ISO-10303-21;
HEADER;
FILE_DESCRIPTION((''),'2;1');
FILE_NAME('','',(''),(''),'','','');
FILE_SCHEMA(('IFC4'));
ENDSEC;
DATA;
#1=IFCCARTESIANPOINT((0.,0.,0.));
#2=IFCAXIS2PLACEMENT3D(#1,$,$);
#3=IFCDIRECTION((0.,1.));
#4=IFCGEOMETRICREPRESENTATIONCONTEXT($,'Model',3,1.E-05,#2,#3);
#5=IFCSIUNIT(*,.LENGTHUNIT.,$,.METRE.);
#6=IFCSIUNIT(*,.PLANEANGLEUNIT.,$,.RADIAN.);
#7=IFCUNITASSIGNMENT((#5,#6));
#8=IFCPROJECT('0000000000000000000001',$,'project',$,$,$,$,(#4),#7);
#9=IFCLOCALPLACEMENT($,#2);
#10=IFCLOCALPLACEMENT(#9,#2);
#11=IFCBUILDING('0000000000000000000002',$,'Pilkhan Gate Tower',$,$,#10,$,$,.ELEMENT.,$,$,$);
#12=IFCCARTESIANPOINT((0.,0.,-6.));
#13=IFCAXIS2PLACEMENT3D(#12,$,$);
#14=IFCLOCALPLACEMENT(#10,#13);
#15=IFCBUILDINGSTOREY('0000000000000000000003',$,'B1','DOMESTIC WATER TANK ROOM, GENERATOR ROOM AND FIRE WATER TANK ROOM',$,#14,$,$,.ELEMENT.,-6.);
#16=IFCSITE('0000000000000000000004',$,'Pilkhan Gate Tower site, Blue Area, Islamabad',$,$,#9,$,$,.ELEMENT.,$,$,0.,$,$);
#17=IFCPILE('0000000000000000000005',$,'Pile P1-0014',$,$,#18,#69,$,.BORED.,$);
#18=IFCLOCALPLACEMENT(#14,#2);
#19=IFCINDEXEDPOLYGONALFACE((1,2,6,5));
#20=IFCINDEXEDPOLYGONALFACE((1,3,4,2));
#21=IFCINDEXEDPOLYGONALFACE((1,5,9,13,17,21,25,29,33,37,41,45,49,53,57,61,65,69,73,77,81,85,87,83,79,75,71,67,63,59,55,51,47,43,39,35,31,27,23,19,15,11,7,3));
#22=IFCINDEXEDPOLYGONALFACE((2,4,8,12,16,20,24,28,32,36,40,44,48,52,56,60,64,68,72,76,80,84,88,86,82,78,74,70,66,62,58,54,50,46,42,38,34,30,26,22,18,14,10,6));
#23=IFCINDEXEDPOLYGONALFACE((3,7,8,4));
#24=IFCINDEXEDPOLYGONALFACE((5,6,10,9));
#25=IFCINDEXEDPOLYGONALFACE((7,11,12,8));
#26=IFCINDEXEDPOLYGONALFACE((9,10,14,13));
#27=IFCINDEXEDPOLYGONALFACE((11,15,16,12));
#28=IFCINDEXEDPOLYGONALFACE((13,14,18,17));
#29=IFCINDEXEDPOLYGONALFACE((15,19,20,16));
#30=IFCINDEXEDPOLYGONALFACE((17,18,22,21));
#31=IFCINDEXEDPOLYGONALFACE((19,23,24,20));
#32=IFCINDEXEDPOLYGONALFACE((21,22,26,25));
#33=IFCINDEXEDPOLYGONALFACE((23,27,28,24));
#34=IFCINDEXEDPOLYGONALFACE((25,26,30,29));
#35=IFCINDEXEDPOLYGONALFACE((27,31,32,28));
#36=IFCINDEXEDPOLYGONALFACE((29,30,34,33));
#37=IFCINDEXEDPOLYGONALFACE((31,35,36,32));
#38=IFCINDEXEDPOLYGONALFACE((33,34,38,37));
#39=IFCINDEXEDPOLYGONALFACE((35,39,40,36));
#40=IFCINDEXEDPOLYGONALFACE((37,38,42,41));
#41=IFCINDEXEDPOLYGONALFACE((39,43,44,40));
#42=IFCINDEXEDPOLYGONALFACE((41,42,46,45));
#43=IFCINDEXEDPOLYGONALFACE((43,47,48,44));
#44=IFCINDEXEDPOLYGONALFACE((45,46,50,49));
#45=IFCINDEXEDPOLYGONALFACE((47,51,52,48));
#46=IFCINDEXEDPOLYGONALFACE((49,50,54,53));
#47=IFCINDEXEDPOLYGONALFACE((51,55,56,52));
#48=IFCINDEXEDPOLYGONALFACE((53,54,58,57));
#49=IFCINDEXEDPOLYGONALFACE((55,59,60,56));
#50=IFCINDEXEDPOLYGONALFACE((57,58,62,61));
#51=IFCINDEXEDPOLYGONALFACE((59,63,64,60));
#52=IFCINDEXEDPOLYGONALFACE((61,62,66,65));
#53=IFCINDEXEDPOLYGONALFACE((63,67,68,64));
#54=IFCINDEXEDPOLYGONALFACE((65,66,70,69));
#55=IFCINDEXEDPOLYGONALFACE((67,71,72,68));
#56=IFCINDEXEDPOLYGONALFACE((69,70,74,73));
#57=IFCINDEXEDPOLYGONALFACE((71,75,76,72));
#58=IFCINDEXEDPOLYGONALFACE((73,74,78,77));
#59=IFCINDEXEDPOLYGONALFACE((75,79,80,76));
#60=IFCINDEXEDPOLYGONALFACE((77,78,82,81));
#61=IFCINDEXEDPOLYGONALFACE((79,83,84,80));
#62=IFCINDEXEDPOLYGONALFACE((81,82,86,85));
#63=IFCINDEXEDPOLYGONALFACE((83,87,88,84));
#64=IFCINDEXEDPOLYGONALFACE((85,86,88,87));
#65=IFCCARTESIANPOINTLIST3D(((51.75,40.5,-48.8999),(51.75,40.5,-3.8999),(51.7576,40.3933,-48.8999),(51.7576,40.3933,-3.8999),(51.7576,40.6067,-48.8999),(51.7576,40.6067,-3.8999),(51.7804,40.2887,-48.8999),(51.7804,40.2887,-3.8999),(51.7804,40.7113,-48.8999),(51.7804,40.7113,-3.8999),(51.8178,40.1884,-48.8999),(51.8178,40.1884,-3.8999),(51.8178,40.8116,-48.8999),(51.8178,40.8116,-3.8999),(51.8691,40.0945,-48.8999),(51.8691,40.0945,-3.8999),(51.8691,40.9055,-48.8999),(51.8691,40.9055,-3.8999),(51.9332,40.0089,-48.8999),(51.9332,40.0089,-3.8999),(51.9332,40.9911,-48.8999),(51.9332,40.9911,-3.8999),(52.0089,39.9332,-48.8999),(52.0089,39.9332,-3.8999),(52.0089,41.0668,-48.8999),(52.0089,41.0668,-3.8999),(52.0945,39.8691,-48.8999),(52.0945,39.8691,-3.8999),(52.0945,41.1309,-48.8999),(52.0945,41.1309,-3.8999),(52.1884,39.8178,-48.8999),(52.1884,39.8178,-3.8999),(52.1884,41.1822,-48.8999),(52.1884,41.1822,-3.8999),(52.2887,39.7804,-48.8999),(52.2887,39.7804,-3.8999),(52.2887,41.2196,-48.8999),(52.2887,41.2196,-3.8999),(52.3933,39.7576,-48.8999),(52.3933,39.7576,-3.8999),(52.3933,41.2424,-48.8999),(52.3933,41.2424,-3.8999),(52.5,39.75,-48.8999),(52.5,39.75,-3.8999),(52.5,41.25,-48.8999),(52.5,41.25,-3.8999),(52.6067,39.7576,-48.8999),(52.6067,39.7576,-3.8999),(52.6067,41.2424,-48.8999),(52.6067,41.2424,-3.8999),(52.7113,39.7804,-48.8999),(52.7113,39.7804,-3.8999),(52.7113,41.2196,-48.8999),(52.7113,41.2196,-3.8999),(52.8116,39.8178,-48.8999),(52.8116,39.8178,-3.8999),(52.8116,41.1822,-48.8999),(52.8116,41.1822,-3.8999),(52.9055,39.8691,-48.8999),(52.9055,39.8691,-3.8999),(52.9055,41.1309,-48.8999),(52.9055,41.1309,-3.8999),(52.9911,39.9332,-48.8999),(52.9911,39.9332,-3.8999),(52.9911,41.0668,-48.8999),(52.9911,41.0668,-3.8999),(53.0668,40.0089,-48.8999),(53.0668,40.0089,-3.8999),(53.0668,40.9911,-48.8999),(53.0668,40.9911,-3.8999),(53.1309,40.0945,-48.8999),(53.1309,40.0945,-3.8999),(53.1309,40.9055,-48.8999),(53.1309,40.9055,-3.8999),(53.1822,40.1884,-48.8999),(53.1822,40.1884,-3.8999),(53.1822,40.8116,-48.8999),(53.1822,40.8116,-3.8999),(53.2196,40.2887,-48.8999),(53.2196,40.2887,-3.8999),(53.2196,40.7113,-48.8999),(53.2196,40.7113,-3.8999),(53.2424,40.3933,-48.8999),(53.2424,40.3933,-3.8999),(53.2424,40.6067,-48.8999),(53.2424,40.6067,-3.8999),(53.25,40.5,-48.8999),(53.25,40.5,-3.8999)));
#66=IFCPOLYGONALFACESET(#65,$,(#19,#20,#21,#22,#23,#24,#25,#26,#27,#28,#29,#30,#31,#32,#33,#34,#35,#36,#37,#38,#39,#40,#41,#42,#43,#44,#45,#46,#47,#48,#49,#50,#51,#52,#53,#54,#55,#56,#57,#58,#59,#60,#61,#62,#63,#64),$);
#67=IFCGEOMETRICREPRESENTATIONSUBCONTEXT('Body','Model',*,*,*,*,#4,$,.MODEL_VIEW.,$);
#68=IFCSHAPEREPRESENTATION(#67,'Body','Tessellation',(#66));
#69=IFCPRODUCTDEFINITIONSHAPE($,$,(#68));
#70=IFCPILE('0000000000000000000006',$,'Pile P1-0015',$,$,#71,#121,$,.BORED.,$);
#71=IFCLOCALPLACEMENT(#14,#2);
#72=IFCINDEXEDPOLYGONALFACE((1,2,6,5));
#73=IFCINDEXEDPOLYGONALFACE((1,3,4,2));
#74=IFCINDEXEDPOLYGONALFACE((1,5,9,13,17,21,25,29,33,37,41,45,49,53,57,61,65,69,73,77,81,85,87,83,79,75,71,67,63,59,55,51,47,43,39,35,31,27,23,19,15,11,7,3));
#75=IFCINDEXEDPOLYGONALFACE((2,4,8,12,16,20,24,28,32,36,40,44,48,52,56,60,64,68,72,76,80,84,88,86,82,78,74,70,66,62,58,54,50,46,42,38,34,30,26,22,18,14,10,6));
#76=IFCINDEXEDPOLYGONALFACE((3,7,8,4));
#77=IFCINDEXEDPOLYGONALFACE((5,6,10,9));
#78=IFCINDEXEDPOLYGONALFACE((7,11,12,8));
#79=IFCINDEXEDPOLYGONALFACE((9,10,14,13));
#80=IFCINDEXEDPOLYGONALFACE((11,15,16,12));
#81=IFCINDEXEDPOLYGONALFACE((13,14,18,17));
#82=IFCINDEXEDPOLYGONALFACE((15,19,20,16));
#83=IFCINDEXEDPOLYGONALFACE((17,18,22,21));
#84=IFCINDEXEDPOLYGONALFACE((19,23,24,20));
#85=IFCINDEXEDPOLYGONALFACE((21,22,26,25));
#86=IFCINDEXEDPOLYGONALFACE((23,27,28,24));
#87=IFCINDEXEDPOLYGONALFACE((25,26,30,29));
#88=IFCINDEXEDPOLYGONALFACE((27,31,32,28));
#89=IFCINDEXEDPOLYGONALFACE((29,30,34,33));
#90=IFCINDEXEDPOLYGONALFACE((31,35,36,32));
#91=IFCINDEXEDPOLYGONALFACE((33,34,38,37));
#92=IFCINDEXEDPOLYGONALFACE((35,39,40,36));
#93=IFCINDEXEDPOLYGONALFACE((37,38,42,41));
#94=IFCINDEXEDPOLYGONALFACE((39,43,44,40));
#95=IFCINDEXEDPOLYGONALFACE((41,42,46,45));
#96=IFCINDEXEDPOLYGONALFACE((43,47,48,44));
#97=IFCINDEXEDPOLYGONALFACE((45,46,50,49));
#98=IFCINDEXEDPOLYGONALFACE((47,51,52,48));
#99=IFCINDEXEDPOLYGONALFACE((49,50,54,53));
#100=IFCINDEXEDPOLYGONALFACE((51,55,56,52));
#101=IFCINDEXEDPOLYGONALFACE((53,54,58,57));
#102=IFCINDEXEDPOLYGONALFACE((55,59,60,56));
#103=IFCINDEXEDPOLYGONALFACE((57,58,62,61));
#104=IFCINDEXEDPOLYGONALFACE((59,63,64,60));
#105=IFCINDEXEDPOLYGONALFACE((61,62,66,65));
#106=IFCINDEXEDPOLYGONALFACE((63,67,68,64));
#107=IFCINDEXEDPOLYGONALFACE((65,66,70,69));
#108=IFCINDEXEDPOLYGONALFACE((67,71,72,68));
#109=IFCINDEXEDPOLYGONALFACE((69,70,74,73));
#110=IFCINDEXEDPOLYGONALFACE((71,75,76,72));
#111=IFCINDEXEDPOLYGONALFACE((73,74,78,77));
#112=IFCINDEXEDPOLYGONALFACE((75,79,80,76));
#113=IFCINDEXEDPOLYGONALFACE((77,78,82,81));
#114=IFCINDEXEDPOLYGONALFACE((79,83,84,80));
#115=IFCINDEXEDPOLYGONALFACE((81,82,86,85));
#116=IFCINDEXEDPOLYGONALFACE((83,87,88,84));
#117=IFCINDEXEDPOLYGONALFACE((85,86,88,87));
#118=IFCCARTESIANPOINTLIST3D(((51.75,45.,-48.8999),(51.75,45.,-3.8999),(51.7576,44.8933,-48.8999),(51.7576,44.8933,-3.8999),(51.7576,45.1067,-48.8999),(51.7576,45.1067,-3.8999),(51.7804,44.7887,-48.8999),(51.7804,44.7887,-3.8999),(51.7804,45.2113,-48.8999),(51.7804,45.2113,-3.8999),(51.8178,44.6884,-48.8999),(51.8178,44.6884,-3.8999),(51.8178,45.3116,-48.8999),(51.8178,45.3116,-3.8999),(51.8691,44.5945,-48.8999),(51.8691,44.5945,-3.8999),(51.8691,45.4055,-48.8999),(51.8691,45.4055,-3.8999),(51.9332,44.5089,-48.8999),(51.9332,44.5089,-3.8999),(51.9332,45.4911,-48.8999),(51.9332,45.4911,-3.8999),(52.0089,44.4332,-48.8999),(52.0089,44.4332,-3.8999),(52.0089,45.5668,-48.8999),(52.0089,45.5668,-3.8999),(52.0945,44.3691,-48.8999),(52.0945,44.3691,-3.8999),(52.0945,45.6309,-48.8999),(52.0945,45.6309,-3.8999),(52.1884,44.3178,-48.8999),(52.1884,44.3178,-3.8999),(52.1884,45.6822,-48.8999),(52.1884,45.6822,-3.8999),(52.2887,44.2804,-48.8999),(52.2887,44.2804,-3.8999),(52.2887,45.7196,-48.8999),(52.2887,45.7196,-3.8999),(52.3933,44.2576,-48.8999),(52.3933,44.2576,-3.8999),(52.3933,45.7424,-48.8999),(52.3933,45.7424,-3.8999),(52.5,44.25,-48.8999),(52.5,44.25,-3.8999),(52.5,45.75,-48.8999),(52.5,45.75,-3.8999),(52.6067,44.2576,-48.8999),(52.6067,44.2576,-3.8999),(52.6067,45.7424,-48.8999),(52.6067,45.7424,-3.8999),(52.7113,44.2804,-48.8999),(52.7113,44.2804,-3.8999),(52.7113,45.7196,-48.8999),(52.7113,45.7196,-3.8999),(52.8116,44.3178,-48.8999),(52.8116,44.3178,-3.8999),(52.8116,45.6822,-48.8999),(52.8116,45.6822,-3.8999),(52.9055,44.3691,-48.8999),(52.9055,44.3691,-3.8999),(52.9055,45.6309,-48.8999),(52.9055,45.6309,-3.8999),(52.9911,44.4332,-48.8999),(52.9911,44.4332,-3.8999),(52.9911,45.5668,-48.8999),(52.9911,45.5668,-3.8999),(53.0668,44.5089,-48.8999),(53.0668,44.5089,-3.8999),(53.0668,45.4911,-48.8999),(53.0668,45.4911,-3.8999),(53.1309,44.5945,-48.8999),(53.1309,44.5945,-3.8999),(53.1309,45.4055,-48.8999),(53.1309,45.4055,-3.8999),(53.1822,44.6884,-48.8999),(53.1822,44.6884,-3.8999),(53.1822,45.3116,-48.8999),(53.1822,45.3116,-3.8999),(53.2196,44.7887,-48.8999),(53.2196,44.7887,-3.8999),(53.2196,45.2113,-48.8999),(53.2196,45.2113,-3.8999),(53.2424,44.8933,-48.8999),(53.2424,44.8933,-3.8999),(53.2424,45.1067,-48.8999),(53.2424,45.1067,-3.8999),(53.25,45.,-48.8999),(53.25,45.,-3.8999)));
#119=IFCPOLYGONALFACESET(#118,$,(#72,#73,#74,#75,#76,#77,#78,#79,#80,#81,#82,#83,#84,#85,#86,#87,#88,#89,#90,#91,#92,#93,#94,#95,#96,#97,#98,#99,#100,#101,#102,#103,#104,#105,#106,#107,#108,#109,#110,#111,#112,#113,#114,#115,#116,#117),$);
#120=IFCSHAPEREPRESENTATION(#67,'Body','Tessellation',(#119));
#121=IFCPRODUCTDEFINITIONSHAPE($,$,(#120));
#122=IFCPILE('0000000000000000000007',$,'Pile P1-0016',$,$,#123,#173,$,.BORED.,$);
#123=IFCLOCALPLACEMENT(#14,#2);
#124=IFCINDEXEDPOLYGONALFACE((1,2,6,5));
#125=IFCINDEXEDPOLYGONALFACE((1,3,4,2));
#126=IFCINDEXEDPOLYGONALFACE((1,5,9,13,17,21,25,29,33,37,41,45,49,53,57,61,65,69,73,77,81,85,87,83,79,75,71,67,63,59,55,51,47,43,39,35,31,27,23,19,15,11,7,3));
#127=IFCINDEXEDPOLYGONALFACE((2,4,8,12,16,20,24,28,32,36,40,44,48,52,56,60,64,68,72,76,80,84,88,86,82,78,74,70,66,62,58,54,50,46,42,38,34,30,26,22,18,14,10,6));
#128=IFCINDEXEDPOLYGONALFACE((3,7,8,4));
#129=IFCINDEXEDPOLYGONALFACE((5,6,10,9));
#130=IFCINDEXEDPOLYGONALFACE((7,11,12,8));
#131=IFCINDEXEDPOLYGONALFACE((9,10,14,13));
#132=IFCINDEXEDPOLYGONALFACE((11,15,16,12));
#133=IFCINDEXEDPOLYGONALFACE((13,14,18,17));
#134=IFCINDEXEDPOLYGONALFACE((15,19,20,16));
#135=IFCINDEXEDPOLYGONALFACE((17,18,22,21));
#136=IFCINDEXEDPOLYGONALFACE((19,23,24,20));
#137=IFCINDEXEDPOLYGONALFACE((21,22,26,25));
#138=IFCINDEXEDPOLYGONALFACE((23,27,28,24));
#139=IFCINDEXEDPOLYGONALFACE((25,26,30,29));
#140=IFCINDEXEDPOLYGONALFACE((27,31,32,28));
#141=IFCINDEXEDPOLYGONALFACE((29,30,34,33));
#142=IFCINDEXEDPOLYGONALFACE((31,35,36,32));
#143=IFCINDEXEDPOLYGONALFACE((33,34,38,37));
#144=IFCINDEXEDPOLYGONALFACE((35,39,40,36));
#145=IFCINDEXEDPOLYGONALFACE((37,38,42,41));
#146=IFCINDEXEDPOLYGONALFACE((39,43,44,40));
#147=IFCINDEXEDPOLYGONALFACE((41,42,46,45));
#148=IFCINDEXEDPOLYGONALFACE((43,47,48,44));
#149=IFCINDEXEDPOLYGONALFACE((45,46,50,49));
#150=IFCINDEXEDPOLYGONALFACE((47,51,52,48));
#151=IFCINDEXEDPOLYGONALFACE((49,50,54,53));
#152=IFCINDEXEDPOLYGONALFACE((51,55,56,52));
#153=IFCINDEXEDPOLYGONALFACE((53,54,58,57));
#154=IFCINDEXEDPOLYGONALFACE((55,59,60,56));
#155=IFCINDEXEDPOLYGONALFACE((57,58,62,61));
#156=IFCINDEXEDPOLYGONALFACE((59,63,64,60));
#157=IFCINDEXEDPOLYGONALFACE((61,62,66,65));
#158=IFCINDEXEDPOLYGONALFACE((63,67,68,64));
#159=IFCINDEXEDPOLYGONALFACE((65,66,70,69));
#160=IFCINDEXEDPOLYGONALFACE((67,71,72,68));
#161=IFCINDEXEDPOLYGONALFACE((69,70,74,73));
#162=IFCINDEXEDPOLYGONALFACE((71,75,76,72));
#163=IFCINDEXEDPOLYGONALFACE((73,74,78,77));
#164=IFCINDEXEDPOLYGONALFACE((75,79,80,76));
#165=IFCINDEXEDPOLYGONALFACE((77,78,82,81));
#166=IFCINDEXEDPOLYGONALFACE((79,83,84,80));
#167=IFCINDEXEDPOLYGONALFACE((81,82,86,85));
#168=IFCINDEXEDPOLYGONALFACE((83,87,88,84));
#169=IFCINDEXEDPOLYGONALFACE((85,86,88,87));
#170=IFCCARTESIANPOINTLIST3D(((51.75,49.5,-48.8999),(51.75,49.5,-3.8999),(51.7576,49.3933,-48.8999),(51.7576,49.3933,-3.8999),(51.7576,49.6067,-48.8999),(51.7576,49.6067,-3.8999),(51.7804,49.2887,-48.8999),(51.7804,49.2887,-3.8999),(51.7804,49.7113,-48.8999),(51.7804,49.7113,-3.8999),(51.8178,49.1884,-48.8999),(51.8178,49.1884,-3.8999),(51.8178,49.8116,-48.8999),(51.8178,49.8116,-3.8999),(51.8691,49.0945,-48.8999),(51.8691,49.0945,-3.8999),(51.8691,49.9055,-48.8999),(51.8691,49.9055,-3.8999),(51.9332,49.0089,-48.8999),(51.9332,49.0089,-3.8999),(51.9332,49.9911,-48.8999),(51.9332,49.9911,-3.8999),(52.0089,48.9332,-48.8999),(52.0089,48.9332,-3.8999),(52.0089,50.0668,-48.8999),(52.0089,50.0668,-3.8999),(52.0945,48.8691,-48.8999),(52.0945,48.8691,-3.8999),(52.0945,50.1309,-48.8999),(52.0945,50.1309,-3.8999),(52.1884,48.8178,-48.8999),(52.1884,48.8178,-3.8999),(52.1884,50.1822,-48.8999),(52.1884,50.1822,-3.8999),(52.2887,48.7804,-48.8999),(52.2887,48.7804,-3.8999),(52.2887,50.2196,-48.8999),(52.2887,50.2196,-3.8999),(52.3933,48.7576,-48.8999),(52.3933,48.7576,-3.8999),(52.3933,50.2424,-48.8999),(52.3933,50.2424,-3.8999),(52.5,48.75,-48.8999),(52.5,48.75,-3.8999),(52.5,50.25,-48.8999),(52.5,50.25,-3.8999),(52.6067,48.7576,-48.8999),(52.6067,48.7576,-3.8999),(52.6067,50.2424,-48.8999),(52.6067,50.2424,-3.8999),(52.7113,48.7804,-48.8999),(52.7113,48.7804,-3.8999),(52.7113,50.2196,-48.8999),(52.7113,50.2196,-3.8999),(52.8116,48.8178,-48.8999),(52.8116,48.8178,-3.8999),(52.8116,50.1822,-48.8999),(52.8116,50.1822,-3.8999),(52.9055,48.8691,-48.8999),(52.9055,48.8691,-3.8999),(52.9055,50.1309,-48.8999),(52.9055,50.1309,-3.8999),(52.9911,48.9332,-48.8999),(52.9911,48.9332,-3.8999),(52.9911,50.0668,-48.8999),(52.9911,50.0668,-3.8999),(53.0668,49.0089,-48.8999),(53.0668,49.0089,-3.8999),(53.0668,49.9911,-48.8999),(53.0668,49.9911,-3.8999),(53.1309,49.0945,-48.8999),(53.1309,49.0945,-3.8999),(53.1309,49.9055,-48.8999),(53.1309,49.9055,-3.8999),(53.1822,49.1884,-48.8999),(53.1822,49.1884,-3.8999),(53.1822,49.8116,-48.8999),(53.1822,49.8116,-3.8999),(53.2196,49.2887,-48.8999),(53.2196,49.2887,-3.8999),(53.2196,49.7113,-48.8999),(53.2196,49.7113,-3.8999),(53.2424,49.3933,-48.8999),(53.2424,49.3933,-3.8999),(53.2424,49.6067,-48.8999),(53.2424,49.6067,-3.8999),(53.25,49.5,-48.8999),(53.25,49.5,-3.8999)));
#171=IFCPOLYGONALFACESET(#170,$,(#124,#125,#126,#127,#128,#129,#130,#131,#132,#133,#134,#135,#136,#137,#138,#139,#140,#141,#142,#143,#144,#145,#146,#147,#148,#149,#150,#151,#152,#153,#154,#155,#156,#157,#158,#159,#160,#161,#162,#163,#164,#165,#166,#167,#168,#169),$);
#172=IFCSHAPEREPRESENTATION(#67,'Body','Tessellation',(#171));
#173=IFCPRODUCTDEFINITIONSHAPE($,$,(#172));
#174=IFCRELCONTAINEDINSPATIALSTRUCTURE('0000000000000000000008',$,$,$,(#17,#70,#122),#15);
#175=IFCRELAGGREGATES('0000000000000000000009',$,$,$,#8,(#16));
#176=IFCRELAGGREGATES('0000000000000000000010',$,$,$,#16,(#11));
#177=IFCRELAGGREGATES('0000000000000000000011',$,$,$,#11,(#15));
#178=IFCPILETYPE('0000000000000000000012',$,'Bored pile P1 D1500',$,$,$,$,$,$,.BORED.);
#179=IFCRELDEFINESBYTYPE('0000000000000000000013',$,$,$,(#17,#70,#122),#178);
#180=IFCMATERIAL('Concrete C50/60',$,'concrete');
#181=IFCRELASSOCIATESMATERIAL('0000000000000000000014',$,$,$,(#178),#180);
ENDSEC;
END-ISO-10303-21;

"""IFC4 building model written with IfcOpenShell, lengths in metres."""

from ifc_helpers import new_model, si_unit, direction, frame, origin, origin_2d, place, context, subcontext, project, spatial, circle, extrude, material, material_profile, profile_set, type_object, element, save


model = new_model("IFC4")

# Units and contexts
model_context = context("Model", 3, precision=1e-05, world=origin(), true_north=direction((0.0, 1.0)))
body_context = subcontext(model_context, "Body", "Model", "MODEL_VIEW")
ifc_project = project(units=[si_unit("LENGTHUNIT", "METRE"), si_unit("PLANEANGLEUNIT", "RADIAN")], contexts=[model_context])

# Site, building, storey
site_placement = place(None, origin())
site = spatial("IfcSite", under=ifc_project, at=site_placement, Name="Pilkhan Gate Tower site, Blue Area, Islamabad", CompositionType="ELEMENT", RefElevation=0.0)
building_placement = place(site_placement, origin())
building = spatial("IfcBuilding", under=site, at=building_placement, Name="Pilkhan Gate Tower", CompositionType="ELEMENT")
storey_placement = place(building_placement, frame((0.0, 0.0, -6.0)))
storey = spatial("IfcBuildingStorey", under=building, at=storey_placement, Name="B1", Description="DOMESTIC WATER TANK ROOM, GENERATOR ROOM AND FIRE WATER TANK ROOM", CompositionType="ELEMENT", Elevation=-6.0)

# Piles
ifc_material_1 = material(Name="Concrete C50/60", Category="concrete")
ifc_material_profile_1 = material_profile(ifc_material_1, circle(Radius=0.75, at=origin_2d()), Name="Bored pile 1500 dia")
ifc_profile_set_1 = profile_set([ifc_material_profile_1], Name="Concrete C50/60")
pile_type = type_object("IfcPileType", Name="Bored pile P1 D1500", PredefinedType="BORED", material=ifc_profile_set_1)
for number, where, z_axis, x_axis, name in (
    (1, (52.5, 40.5, -3.8999), (0.0, 0.0, -1.0), (1.0, 0.0, 0.0), "Pile P1-0014"),
    (2, (52.5, 45.0, -3.8999), (0.0, 0.0, -1.0), (1.0, 0.0, 0.0), "Pile P1-0015"),
    (3, (52.5, 49.5, -3.8999), (0.0, 0.0, -1.0), (1.0, 0.0, 0.0), "Pile P1-0016"),
):
    element("IfcPile", number, at=place(storey_placement, frame(where, z_axis=z_axis, x_axis=x_axis)), inside=storey, type_object=pile_type, Name=name, PredefinedType="BORED", context=body_context, shape_type="SweptSolid", body=[
        extrude(circle(Radius=0.75, at=origin_2d()), origin(), (0.0, 0.0, 1.0), 45.0),
    ])

save(model, "model.ifc")
